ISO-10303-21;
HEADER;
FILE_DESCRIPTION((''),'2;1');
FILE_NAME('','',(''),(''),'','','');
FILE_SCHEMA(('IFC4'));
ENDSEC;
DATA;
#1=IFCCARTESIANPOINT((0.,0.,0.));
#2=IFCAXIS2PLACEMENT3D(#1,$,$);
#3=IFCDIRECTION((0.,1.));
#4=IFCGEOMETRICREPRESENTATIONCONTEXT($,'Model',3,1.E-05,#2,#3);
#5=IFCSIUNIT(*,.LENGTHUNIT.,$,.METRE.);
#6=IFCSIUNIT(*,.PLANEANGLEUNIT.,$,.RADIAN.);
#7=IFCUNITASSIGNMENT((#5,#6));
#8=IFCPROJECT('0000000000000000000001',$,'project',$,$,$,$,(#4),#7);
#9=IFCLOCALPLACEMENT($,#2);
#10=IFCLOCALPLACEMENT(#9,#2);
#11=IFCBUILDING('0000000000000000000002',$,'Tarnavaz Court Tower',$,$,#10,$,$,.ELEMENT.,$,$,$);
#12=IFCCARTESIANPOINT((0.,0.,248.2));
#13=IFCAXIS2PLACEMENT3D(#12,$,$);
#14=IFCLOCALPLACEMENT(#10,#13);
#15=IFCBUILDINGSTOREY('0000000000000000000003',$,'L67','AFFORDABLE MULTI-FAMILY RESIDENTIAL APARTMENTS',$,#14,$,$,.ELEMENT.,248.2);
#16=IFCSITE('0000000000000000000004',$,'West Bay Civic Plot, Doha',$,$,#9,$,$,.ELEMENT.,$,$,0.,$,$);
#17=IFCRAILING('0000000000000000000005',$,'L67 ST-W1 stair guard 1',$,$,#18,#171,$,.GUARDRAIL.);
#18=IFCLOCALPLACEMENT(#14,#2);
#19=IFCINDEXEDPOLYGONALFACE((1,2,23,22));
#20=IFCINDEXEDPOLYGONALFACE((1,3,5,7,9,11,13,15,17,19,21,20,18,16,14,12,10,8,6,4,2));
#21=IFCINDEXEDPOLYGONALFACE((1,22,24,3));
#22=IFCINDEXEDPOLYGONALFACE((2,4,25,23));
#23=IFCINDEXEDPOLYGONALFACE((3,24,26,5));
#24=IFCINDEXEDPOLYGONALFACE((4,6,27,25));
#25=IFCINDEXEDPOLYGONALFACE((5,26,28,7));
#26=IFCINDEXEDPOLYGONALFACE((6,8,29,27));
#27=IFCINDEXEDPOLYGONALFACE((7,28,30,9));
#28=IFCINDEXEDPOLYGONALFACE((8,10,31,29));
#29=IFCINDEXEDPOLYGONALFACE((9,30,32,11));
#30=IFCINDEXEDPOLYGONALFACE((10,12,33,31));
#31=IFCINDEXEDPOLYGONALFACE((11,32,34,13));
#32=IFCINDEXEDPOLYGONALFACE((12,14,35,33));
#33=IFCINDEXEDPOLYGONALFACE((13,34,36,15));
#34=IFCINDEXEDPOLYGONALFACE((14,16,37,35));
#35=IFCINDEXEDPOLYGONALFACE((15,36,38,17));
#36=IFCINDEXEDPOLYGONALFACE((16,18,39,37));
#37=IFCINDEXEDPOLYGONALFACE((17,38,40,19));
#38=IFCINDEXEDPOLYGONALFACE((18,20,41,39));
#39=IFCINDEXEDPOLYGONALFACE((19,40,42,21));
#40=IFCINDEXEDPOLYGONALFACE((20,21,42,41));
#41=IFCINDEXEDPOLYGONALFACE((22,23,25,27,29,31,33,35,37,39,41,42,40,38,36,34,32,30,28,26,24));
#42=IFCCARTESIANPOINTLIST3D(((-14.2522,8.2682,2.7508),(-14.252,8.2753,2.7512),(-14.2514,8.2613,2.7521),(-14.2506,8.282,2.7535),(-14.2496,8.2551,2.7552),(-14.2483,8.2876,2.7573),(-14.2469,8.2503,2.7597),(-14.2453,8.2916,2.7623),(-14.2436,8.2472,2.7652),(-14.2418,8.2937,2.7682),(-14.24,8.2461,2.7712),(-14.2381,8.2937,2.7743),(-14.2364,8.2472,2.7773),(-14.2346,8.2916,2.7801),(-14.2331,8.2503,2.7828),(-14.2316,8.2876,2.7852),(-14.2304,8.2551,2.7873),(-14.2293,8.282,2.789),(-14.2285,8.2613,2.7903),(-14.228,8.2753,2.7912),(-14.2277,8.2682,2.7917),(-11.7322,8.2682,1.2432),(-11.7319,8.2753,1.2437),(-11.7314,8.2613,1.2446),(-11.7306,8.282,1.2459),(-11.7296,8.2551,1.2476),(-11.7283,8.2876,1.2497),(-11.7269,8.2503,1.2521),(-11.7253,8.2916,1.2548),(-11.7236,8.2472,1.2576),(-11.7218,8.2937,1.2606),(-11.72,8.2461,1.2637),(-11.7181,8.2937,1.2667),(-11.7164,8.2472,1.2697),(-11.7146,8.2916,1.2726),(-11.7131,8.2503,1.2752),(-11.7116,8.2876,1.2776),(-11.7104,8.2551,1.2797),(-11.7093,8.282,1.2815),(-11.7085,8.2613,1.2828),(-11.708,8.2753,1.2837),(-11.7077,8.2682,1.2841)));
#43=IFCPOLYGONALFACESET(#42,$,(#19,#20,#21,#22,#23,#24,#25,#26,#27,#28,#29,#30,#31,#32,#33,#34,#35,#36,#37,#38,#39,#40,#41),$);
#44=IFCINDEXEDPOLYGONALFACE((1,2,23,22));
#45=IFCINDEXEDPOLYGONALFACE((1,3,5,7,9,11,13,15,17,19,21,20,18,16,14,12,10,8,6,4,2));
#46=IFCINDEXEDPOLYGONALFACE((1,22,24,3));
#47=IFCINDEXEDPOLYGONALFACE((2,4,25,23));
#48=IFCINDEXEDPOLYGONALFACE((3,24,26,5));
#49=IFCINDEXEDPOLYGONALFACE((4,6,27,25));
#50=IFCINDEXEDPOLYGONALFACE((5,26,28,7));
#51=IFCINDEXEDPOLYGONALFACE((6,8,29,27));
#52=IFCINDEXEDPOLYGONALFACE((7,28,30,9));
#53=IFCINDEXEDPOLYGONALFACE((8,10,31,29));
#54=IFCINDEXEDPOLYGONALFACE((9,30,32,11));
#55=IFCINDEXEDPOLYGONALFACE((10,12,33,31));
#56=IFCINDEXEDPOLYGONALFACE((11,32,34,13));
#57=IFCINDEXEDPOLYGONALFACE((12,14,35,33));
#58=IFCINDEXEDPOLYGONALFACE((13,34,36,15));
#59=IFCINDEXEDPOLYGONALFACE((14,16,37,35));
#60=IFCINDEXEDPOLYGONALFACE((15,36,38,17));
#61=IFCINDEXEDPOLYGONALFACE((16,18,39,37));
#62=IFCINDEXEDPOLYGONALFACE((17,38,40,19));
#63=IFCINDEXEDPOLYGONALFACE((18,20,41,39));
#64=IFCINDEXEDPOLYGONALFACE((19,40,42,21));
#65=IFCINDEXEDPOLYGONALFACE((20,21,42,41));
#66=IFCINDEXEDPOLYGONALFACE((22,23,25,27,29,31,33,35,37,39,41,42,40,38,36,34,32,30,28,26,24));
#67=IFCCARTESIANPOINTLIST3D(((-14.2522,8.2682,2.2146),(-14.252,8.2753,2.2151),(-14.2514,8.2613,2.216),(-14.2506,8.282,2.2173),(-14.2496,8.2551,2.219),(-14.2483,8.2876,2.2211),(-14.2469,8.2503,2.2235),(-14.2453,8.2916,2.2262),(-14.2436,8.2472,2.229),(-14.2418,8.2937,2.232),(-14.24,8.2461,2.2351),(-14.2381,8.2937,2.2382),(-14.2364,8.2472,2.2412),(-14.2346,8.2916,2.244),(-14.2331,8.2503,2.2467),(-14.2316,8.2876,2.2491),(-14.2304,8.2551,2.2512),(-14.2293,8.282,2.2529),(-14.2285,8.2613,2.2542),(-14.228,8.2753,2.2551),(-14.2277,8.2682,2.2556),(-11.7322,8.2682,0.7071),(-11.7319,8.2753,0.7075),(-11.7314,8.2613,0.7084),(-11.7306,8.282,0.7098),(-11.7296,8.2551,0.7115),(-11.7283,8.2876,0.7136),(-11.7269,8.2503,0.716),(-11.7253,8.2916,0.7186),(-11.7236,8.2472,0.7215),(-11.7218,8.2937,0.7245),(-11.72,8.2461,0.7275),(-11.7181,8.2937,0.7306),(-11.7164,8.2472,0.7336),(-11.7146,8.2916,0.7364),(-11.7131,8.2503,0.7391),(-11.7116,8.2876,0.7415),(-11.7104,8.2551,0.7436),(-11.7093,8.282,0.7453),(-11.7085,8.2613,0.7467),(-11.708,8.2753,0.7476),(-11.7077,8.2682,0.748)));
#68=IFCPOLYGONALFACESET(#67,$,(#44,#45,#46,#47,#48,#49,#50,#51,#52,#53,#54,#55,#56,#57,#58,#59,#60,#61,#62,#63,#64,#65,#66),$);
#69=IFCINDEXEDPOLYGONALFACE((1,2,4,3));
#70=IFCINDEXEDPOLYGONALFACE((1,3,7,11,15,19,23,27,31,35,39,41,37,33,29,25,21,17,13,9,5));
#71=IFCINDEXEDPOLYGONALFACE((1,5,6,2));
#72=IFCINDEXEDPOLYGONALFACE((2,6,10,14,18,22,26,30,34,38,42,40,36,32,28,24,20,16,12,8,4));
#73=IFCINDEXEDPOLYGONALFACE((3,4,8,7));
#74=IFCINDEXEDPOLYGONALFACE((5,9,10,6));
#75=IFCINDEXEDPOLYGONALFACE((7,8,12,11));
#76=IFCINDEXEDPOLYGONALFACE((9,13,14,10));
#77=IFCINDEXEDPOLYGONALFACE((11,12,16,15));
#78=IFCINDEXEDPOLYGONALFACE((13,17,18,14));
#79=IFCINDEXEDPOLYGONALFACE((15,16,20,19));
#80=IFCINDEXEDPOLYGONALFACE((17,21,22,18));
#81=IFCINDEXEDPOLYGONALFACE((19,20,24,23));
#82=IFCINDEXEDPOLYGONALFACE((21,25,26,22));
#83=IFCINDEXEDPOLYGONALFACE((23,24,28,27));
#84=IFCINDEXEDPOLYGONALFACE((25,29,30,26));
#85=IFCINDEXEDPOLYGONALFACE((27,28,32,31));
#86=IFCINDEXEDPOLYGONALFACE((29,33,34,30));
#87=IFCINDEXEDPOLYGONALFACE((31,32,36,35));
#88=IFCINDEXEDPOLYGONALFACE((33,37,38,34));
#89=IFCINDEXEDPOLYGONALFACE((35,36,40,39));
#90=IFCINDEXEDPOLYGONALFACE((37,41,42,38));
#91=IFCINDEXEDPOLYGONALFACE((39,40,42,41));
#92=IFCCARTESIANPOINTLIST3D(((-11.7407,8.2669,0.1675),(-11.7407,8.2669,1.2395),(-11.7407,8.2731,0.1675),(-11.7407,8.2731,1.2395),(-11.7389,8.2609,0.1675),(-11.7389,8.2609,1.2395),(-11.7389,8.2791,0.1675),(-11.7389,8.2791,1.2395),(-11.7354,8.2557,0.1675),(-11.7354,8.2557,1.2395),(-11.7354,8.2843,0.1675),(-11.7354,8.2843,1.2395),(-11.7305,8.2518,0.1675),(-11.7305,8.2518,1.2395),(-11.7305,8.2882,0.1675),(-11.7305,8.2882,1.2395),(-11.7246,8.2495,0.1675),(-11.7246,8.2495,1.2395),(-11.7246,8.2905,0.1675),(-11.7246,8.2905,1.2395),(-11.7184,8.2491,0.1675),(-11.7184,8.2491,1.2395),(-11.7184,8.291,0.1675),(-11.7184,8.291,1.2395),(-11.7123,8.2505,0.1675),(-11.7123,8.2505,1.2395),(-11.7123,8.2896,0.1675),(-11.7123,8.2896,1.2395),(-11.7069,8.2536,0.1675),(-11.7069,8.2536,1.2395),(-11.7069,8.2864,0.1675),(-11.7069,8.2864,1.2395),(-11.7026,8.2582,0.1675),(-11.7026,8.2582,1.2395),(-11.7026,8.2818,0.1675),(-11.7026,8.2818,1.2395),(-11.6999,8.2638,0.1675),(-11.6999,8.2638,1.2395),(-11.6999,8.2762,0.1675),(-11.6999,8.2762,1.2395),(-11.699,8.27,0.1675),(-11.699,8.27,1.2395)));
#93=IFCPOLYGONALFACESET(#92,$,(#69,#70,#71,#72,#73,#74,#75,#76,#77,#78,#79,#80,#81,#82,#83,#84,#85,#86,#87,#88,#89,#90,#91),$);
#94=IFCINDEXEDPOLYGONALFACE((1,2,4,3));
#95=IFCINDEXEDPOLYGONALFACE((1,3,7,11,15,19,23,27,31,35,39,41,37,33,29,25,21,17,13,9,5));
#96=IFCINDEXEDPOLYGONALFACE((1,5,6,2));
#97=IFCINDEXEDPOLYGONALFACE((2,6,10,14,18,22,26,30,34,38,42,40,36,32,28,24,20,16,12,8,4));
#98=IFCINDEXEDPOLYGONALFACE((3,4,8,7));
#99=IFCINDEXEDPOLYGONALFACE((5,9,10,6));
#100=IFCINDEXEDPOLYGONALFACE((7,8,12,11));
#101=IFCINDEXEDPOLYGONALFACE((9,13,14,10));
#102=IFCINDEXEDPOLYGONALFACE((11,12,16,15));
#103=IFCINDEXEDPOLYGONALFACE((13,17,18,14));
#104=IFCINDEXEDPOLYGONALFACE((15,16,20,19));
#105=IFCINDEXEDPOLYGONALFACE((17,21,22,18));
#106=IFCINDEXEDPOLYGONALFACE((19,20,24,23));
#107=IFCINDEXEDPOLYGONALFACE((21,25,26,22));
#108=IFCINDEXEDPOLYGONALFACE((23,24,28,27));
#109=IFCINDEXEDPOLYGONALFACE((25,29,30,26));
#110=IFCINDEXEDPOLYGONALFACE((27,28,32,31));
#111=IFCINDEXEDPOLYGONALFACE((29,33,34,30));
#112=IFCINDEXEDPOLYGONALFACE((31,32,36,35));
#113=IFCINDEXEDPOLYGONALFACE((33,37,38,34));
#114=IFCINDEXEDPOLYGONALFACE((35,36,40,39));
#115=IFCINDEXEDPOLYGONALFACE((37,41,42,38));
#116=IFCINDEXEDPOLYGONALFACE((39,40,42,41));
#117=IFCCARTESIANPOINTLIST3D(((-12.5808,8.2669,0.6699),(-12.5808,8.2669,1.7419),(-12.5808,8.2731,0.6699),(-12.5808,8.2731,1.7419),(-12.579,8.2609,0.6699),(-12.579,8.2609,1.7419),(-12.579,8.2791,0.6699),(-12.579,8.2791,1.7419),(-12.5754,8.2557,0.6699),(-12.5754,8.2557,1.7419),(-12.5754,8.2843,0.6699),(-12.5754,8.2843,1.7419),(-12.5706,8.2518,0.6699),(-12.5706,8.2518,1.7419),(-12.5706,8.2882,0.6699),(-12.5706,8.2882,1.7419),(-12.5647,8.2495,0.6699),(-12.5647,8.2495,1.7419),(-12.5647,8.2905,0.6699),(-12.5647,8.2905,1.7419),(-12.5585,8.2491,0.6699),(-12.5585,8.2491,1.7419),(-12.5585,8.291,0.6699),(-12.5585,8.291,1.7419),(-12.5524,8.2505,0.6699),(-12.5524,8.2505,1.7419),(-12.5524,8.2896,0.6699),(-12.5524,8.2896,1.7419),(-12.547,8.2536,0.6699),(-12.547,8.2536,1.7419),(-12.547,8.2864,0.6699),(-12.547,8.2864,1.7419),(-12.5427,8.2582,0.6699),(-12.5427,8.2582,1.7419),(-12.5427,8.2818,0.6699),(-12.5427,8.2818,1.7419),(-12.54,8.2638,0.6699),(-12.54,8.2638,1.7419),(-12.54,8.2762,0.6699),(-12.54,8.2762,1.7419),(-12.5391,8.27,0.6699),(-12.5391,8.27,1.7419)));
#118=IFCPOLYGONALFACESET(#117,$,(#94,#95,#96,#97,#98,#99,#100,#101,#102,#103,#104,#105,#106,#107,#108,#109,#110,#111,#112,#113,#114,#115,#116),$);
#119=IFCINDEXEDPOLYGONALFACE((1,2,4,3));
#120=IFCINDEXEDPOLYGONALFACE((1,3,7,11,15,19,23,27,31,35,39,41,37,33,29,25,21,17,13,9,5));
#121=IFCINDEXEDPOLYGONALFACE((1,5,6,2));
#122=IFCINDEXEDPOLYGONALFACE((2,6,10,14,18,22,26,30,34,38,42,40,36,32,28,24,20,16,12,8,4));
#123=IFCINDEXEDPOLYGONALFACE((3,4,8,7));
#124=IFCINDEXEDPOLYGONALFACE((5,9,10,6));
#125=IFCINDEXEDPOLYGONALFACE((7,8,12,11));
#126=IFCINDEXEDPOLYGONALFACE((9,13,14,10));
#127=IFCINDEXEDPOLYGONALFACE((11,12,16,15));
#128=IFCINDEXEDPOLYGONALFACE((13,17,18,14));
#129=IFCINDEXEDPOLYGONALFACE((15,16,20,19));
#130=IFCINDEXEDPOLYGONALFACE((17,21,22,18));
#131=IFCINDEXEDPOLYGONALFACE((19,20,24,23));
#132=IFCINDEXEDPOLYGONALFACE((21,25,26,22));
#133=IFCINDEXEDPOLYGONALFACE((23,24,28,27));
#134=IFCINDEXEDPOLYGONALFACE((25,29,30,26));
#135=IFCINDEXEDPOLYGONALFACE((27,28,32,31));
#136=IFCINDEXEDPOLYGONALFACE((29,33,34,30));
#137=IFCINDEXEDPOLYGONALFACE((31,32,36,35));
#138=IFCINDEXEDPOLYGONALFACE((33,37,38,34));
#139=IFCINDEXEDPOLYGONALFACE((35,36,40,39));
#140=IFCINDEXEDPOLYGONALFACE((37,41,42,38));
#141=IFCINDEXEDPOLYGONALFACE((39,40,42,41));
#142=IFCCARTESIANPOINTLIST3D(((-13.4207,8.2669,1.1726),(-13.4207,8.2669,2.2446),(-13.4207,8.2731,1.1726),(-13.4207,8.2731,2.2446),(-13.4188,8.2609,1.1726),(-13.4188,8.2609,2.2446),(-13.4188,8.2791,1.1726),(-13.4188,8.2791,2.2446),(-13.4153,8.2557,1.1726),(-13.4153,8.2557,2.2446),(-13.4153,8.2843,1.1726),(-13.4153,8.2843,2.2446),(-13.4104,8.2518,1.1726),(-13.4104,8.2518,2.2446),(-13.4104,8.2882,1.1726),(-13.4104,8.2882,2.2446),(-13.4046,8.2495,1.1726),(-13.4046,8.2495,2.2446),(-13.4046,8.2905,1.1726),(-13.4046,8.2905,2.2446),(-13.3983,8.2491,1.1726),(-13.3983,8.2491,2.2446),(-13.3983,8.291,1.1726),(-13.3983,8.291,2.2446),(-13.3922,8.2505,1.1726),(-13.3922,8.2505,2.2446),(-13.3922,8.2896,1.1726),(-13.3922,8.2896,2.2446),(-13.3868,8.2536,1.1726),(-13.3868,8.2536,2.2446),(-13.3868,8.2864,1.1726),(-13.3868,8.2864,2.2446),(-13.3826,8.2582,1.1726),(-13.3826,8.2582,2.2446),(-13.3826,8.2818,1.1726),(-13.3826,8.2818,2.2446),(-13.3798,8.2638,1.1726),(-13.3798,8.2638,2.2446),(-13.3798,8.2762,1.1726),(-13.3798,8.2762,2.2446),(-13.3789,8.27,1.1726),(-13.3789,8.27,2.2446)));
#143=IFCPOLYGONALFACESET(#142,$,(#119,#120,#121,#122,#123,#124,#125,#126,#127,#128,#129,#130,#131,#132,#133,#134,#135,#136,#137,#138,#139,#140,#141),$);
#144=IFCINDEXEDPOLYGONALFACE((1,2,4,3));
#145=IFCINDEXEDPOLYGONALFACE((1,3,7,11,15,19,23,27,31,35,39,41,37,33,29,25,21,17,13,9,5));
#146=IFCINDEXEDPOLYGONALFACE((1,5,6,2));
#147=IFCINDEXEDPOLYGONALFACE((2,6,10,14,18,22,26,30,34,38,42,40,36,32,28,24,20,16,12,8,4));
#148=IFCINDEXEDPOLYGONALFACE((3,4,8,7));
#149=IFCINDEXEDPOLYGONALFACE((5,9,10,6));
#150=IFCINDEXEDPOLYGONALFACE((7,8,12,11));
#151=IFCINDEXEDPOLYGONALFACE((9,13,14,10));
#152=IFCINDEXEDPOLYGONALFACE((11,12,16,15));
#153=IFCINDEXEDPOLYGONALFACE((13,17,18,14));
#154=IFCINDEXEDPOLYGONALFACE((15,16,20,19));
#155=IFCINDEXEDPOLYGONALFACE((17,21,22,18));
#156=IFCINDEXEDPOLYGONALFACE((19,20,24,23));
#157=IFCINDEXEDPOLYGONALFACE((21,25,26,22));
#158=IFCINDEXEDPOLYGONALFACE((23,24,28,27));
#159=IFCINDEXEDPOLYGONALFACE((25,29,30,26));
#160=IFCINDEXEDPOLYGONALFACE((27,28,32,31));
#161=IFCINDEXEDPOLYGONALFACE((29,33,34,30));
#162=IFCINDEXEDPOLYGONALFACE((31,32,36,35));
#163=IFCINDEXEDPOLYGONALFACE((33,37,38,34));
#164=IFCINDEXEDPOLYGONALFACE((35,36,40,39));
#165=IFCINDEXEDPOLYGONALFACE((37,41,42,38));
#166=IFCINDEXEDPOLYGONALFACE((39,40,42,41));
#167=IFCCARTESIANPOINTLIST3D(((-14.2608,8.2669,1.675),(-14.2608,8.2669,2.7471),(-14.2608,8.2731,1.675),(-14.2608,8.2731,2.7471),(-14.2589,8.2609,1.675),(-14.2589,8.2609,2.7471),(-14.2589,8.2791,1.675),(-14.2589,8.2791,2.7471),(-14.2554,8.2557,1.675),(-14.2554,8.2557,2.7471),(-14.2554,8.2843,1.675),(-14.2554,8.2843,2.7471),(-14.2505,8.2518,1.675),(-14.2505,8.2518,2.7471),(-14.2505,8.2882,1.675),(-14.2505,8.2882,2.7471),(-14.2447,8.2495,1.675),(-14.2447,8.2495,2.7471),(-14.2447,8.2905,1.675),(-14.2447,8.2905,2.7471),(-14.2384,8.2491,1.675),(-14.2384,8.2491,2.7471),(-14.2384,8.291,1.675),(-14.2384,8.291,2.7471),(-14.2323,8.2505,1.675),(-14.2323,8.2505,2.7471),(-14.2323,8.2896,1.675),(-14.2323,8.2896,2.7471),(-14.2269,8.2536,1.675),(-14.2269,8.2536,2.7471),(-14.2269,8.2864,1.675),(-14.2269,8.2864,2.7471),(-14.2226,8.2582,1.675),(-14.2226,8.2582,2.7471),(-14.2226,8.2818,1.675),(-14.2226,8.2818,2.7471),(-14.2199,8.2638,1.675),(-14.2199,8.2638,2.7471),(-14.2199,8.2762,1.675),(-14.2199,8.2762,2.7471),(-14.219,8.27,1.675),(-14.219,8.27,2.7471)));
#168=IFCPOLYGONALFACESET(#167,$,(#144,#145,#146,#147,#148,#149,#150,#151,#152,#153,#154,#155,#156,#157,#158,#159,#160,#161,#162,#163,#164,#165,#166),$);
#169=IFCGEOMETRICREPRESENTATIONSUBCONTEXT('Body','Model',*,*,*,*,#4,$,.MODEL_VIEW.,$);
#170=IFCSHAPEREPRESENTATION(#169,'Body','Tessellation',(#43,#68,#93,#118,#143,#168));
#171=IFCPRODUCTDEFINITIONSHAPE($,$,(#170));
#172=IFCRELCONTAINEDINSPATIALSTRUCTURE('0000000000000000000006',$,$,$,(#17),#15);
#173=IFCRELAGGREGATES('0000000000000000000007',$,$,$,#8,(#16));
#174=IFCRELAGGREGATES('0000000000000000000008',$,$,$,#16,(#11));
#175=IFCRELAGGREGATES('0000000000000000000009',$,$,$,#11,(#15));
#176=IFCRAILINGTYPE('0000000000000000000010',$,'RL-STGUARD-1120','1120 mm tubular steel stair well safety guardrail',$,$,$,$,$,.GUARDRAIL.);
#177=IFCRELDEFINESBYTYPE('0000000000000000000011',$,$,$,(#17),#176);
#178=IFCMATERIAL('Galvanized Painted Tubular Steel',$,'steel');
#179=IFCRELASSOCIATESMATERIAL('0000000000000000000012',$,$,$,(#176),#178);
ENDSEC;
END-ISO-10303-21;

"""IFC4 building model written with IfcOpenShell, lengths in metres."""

from ifc_helpers import new_model, si_unit, direction, frame, origin, origin_2d, place, context, subcontext, project, spatial, circle, extrude, material, type_object, element, save


model = new_model("IFC4")

# Units and contexts
model_context = context("Model", 3, precision=1e-05, world=origin(), true_north=direction((0.0, 1.0)))
body_context = subcontext(model_context, "Body", "Model", "MODEL_VIEW")
ifc_project = project(units=[si_unit("LENGTHUNIT", "METRE"), si_unit("PLANEANGLEUNIT", "RADIAN")], contexts=[model_context])

# Site, building, storey
site_placement = place(None, origin())
site = spatial("IfcSite", under=ifc_project, at=site_placement, Name="West Bay Civic Plot, Doha", CompositionType="ELEMENT", RefElevation=0.0)
building_placement = place(site_placement, origin())
building = spatial("IfcBuilding", under=site, at=building_placement, Name="Tarnavaz Court Tower", CompositionType="ELEMENT")
storey_placement = place(building_placement, frame((0.0, 0.0, 248.2)))
storey = spatial("IfcBuildingStorey", under=building, at=storey_placement, Name="L67", Description="AFFORDABLE MULTI-FAMILY RESIDENTIAL APARTMENTS", CompositionType="ELEMENT", Elevation=248.2)

# Railing
ifc_material_1 = material(Name="Galvanized Painted Tubular Steel", Category="steel")
railing_type_1 = type_object("IfcRailingType", Name="RL-STGUARD-1120", Description="1120 mm tubular steel stair well safety guardrail", PredefinedType="GUARDRAIL", material=ifc_material_1)
railing_1_placement = place(storey_placement, frame((-11.72, 8.27, 0.1675)))
element("IfcRailing", 1, at=railing_1_placement, inside=storey, type_object=railing_type_1, Name="L67 ST-W1 stair guard 1", PredefinedType="GUARDRAIL", context=body_context, shape_type="SweptSolid", body=[
    extrude(circle(Radius=0.0239, at=origin_2d()), frame((0.0, 0.0, 1.0962), z_axis=(-0.85816, 0.0, 0.513383), x_axis=(0.0, -1.0, 0.0)), (0.0, 0.0, 1.0), 2.9365),
    extrude(circle(Radius=0.0239, at=origin_2d()), frame((0.0, 0.0, 0.5601), z_axis=(-0.85816, 0.0, 0.513383), x_axis=(0.0, -1.0, 0.0)), (0.0, 0.0, 1.0), 2.9365),
    extrude(circle(Radius=0.021, at=origin_2d()), origin(), (0.0, 0.0, 1.0), 1.072),
    extrude(circle(Radius=0.021, at=origin_2d()), frame((-0.8401, 0.0, 0.5024)), (0.0, 0.0, 1.0), 1.072),
    extrude(circle(Radius=0.021, at=origin_2d()), frame((-1.6799, 0.0, 1.0051)), (0.0, 0.0, 1.0), 1.072),
    extrude(circle(Radius=0.021, at=origin_2d()), frame((-2.52, 0.0, 1.5076)), (0.0, 0.0, 1.0), 1.072),
])

save(model, "model.ifc")
